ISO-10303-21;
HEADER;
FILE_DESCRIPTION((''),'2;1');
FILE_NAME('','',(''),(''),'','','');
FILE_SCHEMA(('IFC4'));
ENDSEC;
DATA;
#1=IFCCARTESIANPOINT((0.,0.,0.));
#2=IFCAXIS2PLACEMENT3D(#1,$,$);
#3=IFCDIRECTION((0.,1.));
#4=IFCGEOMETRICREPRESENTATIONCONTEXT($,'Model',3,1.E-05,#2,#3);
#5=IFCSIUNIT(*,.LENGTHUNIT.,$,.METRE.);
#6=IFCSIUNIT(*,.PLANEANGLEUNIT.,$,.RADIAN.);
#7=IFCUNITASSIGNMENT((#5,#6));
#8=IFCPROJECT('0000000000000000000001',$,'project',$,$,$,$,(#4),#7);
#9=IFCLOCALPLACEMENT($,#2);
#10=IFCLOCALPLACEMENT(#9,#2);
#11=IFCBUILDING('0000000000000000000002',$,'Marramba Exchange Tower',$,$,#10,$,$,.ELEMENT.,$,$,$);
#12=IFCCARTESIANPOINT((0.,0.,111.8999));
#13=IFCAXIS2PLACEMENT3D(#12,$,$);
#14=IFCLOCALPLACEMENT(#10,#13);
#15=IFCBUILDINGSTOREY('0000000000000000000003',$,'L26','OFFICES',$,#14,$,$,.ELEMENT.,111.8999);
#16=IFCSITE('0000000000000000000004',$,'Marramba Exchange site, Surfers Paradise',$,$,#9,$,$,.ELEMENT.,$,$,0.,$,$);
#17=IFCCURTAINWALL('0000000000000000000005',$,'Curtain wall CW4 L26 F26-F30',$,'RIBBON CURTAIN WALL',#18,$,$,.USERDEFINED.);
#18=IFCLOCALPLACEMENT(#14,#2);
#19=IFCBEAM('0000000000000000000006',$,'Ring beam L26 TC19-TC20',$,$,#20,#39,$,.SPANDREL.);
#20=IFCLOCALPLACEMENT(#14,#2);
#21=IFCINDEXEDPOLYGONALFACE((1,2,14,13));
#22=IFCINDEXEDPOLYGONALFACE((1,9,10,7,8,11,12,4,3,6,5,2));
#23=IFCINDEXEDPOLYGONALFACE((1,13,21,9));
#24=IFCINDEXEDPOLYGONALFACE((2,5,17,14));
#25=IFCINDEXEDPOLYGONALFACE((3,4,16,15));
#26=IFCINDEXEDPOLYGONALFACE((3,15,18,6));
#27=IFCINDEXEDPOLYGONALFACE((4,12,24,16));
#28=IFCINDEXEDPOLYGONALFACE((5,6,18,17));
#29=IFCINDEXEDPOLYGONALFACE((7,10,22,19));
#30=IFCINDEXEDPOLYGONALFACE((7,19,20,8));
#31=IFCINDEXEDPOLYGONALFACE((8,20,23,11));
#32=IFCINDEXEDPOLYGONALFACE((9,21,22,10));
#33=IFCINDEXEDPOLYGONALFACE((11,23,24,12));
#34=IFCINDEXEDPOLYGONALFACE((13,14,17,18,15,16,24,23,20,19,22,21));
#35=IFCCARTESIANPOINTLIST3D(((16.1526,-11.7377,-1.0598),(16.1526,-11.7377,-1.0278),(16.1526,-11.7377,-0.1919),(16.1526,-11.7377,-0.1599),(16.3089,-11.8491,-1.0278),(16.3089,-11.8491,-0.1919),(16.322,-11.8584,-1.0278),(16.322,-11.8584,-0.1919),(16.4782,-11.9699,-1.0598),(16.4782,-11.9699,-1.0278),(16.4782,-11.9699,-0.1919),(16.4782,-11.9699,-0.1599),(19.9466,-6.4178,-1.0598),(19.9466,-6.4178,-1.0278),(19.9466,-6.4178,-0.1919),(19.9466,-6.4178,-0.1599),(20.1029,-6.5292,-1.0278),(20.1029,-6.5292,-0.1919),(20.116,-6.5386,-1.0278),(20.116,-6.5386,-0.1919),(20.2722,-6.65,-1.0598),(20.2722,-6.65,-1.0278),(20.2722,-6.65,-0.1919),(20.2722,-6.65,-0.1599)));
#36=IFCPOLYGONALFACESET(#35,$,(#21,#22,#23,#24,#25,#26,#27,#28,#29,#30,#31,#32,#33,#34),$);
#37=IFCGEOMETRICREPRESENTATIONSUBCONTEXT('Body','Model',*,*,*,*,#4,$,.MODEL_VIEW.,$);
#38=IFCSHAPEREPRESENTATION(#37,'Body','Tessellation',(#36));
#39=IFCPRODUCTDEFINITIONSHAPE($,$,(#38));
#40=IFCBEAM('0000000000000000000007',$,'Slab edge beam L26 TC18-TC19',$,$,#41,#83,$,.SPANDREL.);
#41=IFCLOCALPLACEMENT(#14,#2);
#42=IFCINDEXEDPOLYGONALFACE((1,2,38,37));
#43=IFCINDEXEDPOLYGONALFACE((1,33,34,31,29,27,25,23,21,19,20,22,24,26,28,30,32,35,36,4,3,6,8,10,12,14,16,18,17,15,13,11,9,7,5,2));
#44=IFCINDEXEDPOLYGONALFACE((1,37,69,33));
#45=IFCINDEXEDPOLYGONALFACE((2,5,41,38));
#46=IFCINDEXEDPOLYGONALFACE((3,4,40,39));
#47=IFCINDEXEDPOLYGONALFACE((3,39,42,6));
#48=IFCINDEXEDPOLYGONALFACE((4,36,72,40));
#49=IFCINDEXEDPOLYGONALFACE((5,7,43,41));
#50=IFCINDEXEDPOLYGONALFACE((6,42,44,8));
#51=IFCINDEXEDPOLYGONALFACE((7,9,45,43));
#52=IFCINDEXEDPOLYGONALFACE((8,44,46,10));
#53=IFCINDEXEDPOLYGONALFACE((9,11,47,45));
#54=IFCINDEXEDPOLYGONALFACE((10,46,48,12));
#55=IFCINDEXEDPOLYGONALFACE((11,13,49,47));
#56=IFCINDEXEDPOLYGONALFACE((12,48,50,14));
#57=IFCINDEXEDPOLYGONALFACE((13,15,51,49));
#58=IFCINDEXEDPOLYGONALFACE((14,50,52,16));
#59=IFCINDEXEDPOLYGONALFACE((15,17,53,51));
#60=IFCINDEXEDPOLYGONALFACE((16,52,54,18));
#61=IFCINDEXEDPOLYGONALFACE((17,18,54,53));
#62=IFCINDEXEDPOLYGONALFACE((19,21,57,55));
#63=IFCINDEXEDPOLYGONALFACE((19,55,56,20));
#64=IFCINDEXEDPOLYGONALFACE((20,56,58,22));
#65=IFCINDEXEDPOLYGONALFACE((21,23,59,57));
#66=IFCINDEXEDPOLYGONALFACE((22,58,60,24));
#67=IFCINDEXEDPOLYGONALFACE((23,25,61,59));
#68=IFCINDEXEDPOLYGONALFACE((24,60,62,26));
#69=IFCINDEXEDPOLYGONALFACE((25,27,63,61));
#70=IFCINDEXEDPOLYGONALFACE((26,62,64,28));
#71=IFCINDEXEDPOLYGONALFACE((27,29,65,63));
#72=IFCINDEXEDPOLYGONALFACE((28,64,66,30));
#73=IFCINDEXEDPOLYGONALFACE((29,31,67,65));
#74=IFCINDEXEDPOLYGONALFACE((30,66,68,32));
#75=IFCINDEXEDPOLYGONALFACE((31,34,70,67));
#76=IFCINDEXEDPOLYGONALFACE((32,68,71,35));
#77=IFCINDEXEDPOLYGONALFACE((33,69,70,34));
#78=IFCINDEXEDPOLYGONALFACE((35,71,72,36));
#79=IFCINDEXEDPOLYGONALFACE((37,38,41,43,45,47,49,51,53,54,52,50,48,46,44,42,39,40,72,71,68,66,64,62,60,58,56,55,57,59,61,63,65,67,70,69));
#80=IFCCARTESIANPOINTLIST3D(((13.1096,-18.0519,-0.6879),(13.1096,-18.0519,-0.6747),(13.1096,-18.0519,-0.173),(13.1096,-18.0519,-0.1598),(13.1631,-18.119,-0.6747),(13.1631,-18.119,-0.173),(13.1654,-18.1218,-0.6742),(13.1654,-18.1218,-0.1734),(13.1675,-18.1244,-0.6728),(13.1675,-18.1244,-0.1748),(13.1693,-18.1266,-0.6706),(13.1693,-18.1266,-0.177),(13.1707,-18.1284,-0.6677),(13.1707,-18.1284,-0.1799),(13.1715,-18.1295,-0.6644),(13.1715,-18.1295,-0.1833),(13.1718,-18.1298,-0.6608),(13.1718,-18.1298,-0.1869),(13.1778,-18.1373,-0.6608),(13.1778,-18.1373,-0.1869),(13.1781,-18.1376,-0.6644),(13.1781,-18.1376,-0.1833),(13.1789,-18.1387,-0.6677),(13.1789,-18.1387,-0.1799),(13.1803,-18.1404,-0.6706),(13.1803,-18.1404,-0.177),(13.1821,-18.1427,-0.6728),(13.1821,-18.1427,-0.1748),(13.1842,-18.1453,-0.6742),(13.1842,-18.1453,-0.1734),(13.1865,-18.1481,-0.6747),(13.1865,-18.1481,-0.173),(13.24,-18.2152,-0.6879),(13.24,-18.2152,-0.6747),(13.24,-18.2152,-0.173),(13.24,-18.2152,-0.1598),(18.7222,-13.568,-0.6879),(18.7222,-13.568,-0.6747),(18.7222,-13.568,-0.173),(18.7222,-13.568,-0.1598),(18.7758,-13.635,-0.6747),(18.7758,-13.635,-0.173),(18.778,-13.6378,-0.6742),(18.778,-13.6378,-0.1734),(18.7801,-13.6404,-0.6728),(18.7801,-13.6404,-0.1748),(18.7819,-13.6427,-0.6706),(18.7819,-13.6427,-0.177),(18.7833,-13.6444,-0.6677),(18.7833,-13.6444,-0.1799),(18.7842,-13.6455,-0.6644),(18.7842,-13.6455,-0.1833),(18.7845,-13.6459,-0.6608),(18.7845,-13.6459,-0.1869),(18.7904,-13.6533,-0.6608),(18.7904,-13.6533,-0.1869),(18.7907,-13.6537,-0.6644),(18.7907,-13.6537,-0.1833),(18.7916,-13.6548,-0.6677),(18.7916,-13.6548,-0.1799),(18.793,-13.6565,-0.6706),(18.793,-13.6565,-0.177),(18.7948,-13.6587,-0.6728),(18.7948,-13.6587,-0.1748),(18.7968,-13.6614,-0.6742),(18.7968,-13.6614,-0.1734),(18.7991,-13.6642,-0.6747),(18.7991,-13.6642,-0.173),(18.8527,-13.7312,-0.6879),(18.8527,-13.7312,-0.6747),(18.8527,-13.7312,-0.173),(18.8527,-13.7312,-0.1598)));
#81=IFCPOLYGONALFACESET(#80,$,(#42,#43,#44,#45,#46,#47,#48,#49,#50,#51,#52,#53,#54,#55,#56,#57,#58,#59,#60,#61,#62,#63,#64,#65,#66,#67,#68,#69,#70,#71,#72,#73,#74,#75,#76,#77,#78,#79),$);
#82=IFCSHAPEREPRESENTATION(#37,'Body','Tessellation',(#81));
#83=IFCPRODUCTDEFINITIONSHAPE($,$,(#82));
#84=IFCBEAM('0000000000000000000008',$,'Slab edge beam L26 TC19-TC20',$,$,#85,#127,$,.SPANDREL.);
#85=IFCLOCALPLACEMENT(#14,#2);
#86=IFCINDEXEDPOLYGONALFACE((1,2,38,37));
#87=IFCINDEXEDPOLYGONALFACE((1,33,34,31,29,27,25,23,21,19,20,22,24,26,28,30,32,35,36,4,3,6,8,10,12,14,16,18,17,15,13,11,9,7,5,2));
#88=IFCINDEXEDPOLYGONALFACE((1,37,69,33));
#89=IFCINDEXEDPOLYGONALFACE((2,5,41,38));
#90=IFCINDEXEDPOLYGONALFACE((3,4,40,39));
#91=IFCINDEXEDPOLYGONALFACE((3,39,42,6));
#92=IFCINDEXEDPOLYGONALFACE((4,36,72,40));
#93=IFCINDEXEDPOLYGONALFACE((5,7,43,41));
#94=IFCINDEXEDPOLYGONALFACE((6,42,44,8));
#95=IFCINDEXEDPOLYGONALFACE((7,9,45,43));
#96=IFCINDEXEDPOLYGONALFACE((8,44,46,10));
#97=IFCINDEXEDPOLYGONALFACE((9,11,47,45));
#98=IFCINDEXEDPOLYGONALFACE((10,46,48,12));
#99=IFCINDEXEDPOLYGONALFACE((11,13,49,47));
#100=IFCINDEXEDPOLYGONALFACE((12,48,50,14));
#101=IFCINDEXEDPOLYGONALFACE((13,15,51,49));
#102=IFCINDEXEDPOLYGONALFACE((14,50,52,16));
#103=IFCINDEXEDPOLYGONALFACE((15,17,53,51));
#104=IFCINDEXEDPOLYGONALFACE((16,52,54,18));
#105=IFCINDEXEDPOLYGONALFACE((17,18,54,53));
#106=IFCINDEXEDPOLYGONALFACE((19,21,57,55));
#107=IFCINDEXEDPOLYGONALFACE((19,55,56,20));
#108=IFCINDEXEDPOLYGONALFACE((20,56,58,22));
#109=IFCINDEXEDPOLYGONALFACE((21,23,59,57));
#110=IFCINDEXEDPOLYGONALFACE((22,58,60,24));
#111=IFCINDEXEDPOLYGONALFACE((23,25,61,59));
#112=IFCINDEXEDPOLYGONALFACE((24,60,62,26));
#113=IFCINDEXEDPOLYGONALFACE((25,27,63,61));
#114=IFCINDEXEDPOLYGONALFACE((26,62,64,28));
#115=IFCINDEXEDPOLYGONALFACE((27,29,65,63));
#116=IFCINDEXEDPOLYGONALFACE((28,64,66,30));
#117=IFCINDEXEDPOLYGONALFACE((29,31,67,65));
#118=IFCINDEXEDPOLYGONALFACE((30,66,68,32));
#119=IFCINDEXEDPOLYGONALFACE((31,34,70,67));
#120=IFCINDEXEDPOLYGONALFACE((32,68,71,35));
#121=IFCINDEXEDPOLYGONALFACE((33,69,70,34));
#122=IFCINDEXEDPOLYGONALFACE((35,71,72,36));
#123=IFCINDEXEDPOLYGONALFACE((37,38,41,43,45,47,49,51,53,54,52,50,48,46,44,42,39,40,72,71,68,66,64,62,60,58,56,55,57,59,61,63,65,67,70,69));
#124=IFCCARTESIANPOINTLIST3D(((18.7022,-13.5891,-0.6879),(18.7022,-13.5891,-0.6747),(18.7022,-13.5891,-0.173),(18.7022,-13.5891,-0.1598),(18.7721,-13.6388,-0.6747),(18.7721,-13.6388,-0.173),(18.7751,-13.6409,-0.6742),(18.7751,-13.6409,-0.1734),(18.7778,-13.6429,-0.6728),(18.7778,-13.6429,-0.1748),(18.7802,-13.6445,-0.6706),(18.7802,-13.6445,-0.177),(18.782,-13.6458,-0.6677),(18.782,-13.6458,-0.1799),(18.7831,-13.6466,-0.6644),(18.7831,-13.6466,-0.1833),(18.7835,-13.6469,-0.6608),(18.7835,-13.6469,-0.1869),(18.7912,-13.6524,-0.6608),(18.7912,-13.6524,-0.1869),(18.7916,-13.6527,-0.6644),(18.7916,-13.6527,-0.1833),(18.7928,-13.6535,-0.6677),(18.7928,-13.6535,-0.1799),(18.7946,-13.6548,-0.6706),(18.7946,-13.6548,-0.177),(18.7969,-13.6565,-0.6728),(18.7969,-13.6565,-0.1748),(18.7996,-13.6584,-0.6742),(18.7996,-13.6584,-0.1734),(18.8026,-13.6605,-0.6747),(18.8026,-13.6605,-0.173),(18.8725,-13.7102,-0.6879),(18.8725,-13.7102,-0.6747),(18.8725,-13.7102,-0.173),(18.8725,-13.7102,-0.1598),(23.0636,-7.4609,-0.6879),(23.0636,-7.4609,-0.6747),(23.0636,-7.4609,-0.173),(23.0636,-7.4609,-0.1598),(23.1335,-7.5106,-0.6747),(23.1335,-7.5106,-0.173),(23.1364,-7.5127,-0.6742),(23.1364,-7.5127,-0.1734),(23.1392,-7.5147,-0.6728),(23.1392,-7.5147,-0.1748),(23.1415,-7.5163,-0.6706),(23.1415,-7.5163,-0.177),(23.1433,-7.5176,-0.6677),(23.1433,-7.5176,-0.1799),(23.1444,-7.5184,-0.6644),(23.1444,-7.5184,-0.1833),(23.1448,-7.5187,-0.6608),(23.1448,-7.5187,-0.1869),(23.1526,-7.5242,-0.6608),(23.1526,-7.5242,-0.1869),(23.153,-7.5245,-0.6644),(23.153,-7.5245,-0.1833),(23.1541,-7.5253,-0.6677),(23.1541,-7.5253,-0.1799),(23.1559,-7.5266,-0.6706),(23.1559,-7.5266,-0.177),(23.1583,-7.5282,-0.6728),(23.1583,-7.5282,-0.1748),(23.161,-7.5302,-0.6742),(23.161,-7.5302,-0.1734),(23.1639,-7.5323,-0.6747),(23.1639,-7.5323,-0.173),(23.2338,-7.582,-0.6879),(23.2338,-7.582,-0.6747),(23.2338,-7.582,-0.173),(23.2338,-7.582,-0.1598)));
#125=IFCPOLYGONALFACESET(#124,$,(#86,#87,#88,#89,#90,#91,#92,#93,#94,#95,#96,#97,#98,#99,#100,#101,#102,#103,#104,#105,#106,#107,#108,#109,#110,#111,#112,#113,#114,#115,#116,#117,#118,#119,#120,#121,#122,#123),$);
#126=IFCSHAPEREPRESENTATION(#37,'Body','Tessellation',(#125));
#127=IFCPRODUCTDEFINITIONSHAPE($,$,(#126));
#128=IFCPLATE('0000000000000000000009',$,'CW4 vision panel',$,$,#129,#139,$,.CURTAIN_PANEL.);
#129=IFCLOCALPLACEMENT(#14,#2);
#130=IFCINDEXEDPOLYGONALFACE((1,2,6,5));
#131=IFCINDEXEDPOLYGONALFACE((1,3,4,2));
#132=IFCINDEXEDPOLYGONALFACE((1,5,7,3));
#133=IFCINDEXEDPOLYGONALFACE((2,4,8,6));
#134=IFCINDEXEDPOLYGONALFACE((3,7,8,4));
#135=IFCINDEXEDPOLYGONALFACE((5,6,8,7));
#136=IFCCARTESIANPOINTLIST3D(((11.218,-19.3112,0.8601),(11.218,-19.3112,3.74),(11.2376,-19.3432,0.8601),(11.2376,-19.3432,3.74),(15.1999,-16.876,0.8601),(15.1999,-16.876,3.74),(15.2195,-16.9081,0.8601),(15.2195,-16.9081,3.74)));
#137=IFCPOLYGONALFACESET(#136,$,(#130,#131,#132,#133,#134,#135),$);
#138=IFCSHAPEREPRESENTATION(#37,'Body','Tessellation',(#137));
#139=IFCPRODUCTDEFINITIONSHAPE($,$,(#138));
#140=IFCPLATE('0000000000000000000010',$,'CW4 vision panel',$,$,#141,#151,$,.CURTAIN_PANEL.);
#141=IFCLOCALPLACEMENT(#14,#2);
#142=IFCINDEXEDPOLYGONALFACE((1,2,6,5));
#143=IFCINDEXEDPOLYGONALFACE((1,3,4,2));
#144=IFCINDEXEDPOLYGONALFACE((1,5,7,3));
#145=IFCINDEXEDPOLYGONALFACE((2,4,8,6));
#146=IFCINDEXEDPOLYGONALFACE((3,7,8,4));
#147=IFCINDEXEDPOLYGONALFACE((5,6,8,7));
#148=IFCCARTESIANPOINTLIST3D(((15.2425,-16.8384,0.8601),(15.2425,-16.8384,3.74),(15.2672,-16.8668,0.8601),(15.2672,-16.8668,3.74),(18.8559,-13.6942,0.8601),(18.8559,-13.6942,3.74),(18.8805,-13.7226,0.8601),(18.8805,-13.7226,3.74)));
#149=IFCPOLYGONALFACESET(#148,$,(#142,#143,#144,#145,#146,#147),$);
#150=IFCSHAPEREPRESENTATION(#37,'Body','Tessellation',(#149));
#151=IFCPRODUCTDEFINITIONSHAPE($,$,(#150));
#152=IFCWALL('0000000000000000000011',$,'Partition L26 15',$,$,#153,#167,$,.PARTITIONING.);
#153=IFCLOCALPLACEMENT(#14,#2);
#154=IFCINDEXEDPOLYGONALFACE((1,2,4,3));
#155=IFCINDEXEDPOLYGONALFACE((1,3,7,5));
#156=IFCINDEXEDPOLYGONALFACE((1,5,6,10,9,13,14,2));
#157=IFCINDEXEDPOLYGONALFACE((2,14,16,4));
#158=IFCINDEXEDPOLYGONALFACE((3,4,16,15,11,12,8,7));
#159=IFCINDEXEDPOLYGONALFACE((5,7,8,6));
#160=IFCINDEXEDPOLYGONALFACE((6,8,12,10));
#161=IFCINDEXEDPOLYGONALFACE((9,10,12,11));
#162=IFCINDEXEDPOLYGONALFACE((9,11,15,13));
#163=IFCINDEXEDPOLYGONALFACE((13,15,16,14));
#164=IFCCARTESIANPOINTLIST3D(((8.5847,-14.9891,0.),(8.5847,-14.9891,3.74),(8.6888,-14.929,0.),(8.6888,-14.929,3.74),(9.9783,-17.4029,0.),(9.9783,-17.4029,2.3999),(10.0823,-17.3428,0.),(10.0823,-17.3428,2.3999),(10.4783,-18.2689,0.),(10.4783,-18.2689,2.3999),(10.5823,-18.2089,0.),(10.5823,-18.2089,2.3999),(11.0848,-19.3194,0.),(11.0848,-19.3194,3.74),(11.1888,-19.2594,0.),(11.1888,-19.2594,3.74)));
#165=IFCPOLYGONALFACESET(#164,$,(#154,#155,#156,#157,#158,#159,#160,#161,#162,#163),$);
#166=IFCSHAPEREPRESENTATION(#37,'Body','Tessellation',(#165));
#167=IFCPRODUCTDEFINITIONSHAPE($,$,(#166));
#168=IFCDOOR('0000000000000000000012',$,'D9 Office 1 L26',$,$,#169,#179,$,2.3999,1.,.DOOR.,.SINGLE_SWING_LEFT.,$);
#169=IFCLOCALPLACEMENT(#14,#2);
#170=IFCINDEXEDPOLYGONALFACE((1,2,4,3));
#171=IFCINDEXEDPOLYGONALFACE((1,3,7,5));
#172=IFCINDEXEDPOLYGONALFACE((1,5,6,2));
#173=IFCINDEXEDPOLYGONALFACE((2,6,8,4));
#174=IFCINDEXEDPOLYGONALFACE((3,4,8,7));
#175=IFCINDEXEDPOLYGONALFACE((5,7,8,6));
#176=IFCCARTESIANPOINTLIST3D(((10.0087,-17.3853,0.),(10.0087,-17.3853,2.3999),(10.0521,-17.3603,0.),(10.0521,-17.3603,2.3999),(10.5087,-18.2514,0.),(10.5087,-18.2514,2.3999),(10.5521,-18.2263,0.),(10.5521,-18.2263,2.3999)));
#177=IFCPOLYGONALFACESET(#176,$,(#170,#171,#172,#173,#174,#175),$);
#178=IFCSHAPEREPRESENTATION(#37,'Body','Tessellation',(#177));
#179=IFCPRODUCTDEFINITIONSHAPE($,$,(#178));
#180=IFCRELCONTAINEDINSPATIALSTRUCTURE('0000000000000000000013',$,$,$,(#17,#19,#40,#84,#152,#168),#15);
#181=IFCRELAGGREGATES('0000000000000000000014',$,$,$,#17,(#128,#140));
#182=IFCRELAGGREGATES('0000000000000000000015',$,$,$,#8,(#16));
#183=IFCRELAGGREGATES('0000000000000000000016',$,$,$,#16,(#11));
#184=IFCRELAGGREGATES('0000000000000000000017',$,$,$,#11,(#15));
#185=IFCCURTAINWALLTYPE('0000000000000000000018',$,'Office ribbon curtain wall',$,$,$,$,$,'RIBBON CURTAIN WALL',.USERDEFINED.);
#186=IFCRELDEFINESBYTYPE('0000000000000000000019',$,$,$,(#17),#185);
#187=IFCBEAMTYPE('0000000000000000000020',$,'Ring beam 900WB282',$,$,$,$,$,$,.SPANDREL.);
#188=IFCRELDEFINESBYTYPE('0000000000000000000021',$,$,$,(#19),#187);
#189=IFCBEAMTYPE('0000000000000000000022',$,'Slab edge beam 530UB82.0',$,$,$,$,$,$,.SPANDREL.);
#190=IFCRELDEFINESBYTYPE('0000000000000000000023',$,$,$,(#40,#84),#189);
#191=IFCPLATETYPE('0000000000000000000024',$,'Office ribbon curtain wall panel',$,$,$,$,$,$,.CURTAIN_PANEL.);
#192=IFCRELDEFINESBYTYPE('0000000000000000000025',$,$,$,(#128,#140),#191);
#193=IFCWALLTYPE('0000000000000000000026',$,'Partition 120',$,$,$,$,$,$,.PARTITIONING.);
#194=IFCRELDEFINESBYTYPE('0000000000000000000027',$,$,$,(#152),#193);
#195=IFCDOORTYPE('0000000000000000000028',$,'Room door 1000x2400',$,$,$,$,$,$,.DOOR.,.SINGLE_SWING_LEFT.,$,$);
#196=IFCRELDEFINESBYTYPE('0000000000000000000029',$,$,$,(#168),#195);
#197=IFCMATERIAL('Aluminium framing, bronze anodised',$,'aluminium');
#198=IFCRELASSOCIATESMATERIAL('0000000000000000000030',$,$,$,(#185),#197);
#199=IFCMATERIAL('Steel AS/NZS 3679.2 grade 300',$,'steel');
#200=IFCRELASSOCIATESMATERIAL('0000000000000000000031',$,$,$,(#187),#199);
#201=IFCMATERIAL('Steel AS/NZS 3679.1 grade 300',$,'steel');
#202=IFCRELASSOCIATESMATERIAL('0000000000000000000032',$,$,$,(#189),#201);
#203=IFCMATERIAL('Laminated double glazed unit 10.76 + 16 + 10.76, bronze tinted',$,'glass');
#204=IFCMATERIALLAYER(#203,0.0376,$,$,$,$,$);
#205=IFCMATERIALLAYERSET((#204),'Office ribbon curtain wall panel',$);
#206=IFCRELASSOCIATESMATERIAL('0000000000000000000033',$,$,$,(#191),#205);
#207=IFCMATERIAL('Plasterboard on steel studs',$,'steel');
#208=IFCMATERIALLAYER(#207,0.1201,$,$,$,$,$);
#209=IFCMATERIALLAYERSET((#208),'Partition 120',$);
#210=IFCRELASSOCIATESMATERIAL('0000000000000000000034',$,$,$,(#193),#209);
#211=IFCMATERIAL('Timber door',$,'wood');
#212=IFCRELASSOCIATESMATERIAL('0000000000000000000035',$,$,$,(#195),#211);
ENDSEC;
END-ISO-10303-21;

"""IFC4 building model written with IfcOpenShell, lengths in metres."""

from ifc_helpers import new_model, si_unit, direction, frame, frame_2d, origin, origin_2d, place, context, subcontext, project, spatial, rectangle, i_section, extrude, material, layer, layer_set, material_profile, profile_set, type_object, element, fill, aggregate, save


model = new_model("IFC4")

# Units and contexts
model_context = context("Model", 3, precision=1e-05, world=origin(), true_north=direction((0.0, 1.0)))
body_context = subcontext(model_context, "Body", "Model", "MODEL_VIEW")
ifc_project = project(units=[si_unit("LENGTHUNIT", "METRE"), si_unit("PLANEANGLEUNIT", "RADIAN")], contexts=[model_context])

# Site, building, storey
site_placement = place(None, origin())
site = spatial("IfcSite", under=ifc_project, at=site_placement, Name="Marramba Exchange site, Surfers Paradise", CompositionType="ELEMENT", RefElevation=0.0)
building_placement = place(site_placement, origin())
building = spatial("IfcBuilding", under=site, at=building_placement, Name="Marramba Exchange Tower", CompositionType="ELEMENT")
storey_placement = place(building_placement, frame((0.0, 0.0, 111.8999)))
storey = spatial("IfcBuildingStorey", under=building, at=storey_placement, Name="L26", Description="OFFICES", CompositionType="ELEMENT", Elevation=111.8999)

# Shared definitions
ifc_material_1 = material(Name="Steel AS/NZS 3679.2 grade 300", Category="steel")

# Curtain wall
ifc_material_2 = material(Name="Aluminium framing, bronze anodised", Category="aluminium")
curtain_wall_type = type_object("IfcCurtainWallType", Name="Office ribbon curtain wall", ElementType="RIBBON CURTAIN WALL", PredefinedType="USERDEFINED", material=ifc_material_2)
curtain_wall_placement = place(storey_placement, origin())
curtain_wall = element("IfcCurtainWall", 1, at=curtain_wall_placement, inside=storey, type_object=curtain_wall_type, Name="Curtain wall CW4 L26 F26-F30", ObjectType="RIBBON CURTAIN WALL", PredefinedType="USERDEFINED")

# Beams
ifc_material_profile_1 = material_profile(ifc_material_1, i_section(OverallWidth=0.3999, OverallDepth=0.8999, WebThickness=0.0161, FlangeThickness=0.032, at=origin_2d()), Name="900WB282")
ifc_profile_set_1 = profile_set([ifc_material_profile_1], Name="Steel AS/NZS 3679.2 grade 300")
beam_type_1 = type_object("IfcBeamType", Name="Ring beam 900WB282", PredefinedType="SPANDREL", material=ifc_profile_set_1)
beam_1_placement = place(storey_placement, frame((16.3154, -11.8538, -0.6099), z_axis=(0.580637, 0.814162, 0.0), x_axis=(-0.814162, 0.580637, 0.0)))
element("IfcBeam", 2, at=beam_1_placement, inside=storey, type_object=beam_type_1, Name="Ring beam L26 TC19-TC20", PredefinedType="SPANDREL", context=body_context, shape_type="SweptSolid", body=[
    extrude(i_section(OverallWidth=0.3999, OverallDepth=0.8999, WebThickness=0.0161, FlangeThickness=0.032, at=origin_2d()), origin(), (0.0, 0.0, 1.0), 6.5342),
])
ifc_material_3 = material(Name="Steel AS/NZS 3679.1 grade 300", Category="steel")
ifc_material_profile_2 = material_profile(ifc_material_3, i_section(OverallWidth=0.209, OverallDepth=0.5281, WebThickness=0.0095, FlangeThickness=0.0132, FilletRadius=0.0139, at=origin_2d()), Name="530UB82.0")
ifc_profile_set_2 = profile_set([ifc_material_profile_2], Name="Steel AS/NZS 3679.1 grade 300")
beam_type_2 = type_object("IfcBeamType", Name="Slab edge beam 530UB82.0", PredefinedType="SPANDREL", material=ifc_profile_set_2)
beam_2_placement = place(storey_placement, frame((13.1748, -18.1335, -0.4238), z_axis=(0.781286, 0.624173, 0.0), x_axis=(-0.624173, 0.781286, 0.0)))
element("IfcBeam", 3, at=beam_2_placement, inside=storey, type_object=beam_type_2, Name="Slab edge beam L26 TC18-TC19", PredefinedType="SPANDREL", context=body_context, shape_type="SweptSolid", body=[
    extrude(i_section(OverallWidth=0.209, OverallDepth=0.5281, WebThickness=0.0095, FlangeThickness=0.0132, FilletRadius=0.0139, at=origin_2d()), origin(), (0.0, 0.0, 1.0), 7.1838),
])
beam_3_placement = place(storey_placement, frame((18.7874, -13.6497, -0.4238), z_axis=(0.579834, 0.814735, 0.0), x_axis=(-0.814735, 0.579834, 0.0)))
element("IfcBeam", 4, at=beam_3_placement, inside=storey, type_object=beam_type_2, Name="Slab edge beam L26 TC19-TC20", PredefinedType="SPANDREL", context=body_context, shape_type="SweptSolid", body=[
    extrude(i_section(OverallWidth=0.209, OverallDepth=0.5281, WebThickness=0.0095, FlangeThickness=0.0132, FilletRadius=0.0139, at=origin_2d()), origin(), (0.0, 0.0, 1.0), 7.5217),
])

# Plates
ifc_material_4 = material(Name="Laminated double glazed unit 10.76 + 16 + 10.76, bronze tinted", Category="glass")
ifc_layer_1 = layer(ifc_material_4, 0.0376)
ifc_layer_set_1 = layer_set([ifc_layer_1], Name="Office ribbon curtain wall panel")
plate_type = type_object("IfcPlateType", Name="Office ribbon curtain wall panel", PredefinedType="CURTAIN_PANEL", material=ifc_layer_set_1)
plate_1_placement = place(storey_placement, frame((13.2188, -18.1096, 0.8601), z_axis=(0.0, 0.0, 1.0), x_axis=(0.853109, 0.521733, 0.0)))
plate_1 = element("IfcPlate", 5, at=plate_1_placement, type_object=plate_type, Name="CW4 vision panel", PredefinedType="CURTAIN_PANEL", context=body_context, shape_type="SweptSolid", body=[
    extrude(rectangle(XDim=4.6675, YDim=0.0376, at=origin_2d()), origin(), (0.0, 0.0, 1.0), 2.8799),
])
plate_2_placement = place(storey_placement, frame((17.0615, -15.2805, 0.8601), z_axis=(0.0, 0.0, 1.0), x_axis=(0.754386, 0.656432, 0.0)))
plate_2 = element("IfcPlate", 6, at=plate_2_placement, type_object=plate_type, Name="CW4 vision panel", PredefinedType="CURTAIN_PANEL", context=body_context, shape_type="SweptSolid", body=[
    extrude(rectangle(XDim=4.7898, YDim=0.0376, at=origin_2d()), origin(), (0.0, 0.0, 1.0), 2.8799),
])
aggregate(curtain_wall, [plate_1, plate_2])

# Wall, opening, door
ifc_material_5 = material(Name="Plasterboard on steel studs", Category="steel")
ifc_layer_2 = layer(ifc_material_5, 0.1201)
ifc_layer_set_2 = layer_set([ifc_layer_2], Name="Partition 120")
wall_type = type_object("IfcWallType", Name="Partition 120", PredefinedType="PARTITIONING", material=ifc_layer_set_2)
wall_placement = place(storey_placement, frame((11.1367, -19.2893, 0.0), z_axis=(0.0, 0.0, 1.0), x_axis=(-0.499983, 0.866035, 0.0)))
wall = element("IfcWall", 7, at=wall_placement, inside=storey, type_object=wall_type, Name="Partition L26 15", PredefinedType="PARTITIONING", context=body_context, shape_type="SweptSolid", body=[
    extrude(rectangle(XDim=5.0002, YDim=0.1201, at=frame_2d((2.5, 0.0))), origin(), (0.0, 0.0, 1.0), 3.74),
])
opening_placement = place(wall_placement, frame((1.2129, 0.0, 0.0)))
opening = element("IfcOpeningElement", 8, at=opening_placement, cuts=wall, PredefinedType="OPENING", context=body_context, shape_type="SweptSolid", body=[
    extrude(rectangle(XDim=1.0, YDim=2.3999, at=frame_2d((0.5, 1.2))), frame((0.0, 0.0701, 0.0), z_axis=(0.0, -1.0, 0.0), x_axis=(1.0, 0.0, 0.0)), (0.0, 0.0, 1.0), 0.1401),
])
ifc_material_6 = material(Name="Timber door", Category="wood")
door_type = type_object("IfcDoorType", Name="Room door 1000x2400", OperationType="SINGLE_SWING_LEFT", PredefinedType="DOOR", material=ifc_material_6)
door_placement = place(opening_placement, origin())
door = element("IfcDoor", 9, at=door_placement, inside=storey, type_object=door_type, Name="D9 Office 1 L26", OperationType="SINGLE_SWING_LEFT", OverallHeight=2.3999, OverallWidth=1.0, PredefinedType="DOOR", context=body_context, shape_type="SweptSolid", body=[
    extrude(rectangle(XDim=1.0, YDim=2.3999, at=frame_2d((0.5, 1.2))), frame((0.0, 0.0249, 0.0), z_axis=(0.0, -1.0, 0.0), x_axis=(1.0, 0.0, 0.0)), (0.0, 0.0, 1.0), 0.05),
])
fill(opening, door)

save(model, "model.ifc")
